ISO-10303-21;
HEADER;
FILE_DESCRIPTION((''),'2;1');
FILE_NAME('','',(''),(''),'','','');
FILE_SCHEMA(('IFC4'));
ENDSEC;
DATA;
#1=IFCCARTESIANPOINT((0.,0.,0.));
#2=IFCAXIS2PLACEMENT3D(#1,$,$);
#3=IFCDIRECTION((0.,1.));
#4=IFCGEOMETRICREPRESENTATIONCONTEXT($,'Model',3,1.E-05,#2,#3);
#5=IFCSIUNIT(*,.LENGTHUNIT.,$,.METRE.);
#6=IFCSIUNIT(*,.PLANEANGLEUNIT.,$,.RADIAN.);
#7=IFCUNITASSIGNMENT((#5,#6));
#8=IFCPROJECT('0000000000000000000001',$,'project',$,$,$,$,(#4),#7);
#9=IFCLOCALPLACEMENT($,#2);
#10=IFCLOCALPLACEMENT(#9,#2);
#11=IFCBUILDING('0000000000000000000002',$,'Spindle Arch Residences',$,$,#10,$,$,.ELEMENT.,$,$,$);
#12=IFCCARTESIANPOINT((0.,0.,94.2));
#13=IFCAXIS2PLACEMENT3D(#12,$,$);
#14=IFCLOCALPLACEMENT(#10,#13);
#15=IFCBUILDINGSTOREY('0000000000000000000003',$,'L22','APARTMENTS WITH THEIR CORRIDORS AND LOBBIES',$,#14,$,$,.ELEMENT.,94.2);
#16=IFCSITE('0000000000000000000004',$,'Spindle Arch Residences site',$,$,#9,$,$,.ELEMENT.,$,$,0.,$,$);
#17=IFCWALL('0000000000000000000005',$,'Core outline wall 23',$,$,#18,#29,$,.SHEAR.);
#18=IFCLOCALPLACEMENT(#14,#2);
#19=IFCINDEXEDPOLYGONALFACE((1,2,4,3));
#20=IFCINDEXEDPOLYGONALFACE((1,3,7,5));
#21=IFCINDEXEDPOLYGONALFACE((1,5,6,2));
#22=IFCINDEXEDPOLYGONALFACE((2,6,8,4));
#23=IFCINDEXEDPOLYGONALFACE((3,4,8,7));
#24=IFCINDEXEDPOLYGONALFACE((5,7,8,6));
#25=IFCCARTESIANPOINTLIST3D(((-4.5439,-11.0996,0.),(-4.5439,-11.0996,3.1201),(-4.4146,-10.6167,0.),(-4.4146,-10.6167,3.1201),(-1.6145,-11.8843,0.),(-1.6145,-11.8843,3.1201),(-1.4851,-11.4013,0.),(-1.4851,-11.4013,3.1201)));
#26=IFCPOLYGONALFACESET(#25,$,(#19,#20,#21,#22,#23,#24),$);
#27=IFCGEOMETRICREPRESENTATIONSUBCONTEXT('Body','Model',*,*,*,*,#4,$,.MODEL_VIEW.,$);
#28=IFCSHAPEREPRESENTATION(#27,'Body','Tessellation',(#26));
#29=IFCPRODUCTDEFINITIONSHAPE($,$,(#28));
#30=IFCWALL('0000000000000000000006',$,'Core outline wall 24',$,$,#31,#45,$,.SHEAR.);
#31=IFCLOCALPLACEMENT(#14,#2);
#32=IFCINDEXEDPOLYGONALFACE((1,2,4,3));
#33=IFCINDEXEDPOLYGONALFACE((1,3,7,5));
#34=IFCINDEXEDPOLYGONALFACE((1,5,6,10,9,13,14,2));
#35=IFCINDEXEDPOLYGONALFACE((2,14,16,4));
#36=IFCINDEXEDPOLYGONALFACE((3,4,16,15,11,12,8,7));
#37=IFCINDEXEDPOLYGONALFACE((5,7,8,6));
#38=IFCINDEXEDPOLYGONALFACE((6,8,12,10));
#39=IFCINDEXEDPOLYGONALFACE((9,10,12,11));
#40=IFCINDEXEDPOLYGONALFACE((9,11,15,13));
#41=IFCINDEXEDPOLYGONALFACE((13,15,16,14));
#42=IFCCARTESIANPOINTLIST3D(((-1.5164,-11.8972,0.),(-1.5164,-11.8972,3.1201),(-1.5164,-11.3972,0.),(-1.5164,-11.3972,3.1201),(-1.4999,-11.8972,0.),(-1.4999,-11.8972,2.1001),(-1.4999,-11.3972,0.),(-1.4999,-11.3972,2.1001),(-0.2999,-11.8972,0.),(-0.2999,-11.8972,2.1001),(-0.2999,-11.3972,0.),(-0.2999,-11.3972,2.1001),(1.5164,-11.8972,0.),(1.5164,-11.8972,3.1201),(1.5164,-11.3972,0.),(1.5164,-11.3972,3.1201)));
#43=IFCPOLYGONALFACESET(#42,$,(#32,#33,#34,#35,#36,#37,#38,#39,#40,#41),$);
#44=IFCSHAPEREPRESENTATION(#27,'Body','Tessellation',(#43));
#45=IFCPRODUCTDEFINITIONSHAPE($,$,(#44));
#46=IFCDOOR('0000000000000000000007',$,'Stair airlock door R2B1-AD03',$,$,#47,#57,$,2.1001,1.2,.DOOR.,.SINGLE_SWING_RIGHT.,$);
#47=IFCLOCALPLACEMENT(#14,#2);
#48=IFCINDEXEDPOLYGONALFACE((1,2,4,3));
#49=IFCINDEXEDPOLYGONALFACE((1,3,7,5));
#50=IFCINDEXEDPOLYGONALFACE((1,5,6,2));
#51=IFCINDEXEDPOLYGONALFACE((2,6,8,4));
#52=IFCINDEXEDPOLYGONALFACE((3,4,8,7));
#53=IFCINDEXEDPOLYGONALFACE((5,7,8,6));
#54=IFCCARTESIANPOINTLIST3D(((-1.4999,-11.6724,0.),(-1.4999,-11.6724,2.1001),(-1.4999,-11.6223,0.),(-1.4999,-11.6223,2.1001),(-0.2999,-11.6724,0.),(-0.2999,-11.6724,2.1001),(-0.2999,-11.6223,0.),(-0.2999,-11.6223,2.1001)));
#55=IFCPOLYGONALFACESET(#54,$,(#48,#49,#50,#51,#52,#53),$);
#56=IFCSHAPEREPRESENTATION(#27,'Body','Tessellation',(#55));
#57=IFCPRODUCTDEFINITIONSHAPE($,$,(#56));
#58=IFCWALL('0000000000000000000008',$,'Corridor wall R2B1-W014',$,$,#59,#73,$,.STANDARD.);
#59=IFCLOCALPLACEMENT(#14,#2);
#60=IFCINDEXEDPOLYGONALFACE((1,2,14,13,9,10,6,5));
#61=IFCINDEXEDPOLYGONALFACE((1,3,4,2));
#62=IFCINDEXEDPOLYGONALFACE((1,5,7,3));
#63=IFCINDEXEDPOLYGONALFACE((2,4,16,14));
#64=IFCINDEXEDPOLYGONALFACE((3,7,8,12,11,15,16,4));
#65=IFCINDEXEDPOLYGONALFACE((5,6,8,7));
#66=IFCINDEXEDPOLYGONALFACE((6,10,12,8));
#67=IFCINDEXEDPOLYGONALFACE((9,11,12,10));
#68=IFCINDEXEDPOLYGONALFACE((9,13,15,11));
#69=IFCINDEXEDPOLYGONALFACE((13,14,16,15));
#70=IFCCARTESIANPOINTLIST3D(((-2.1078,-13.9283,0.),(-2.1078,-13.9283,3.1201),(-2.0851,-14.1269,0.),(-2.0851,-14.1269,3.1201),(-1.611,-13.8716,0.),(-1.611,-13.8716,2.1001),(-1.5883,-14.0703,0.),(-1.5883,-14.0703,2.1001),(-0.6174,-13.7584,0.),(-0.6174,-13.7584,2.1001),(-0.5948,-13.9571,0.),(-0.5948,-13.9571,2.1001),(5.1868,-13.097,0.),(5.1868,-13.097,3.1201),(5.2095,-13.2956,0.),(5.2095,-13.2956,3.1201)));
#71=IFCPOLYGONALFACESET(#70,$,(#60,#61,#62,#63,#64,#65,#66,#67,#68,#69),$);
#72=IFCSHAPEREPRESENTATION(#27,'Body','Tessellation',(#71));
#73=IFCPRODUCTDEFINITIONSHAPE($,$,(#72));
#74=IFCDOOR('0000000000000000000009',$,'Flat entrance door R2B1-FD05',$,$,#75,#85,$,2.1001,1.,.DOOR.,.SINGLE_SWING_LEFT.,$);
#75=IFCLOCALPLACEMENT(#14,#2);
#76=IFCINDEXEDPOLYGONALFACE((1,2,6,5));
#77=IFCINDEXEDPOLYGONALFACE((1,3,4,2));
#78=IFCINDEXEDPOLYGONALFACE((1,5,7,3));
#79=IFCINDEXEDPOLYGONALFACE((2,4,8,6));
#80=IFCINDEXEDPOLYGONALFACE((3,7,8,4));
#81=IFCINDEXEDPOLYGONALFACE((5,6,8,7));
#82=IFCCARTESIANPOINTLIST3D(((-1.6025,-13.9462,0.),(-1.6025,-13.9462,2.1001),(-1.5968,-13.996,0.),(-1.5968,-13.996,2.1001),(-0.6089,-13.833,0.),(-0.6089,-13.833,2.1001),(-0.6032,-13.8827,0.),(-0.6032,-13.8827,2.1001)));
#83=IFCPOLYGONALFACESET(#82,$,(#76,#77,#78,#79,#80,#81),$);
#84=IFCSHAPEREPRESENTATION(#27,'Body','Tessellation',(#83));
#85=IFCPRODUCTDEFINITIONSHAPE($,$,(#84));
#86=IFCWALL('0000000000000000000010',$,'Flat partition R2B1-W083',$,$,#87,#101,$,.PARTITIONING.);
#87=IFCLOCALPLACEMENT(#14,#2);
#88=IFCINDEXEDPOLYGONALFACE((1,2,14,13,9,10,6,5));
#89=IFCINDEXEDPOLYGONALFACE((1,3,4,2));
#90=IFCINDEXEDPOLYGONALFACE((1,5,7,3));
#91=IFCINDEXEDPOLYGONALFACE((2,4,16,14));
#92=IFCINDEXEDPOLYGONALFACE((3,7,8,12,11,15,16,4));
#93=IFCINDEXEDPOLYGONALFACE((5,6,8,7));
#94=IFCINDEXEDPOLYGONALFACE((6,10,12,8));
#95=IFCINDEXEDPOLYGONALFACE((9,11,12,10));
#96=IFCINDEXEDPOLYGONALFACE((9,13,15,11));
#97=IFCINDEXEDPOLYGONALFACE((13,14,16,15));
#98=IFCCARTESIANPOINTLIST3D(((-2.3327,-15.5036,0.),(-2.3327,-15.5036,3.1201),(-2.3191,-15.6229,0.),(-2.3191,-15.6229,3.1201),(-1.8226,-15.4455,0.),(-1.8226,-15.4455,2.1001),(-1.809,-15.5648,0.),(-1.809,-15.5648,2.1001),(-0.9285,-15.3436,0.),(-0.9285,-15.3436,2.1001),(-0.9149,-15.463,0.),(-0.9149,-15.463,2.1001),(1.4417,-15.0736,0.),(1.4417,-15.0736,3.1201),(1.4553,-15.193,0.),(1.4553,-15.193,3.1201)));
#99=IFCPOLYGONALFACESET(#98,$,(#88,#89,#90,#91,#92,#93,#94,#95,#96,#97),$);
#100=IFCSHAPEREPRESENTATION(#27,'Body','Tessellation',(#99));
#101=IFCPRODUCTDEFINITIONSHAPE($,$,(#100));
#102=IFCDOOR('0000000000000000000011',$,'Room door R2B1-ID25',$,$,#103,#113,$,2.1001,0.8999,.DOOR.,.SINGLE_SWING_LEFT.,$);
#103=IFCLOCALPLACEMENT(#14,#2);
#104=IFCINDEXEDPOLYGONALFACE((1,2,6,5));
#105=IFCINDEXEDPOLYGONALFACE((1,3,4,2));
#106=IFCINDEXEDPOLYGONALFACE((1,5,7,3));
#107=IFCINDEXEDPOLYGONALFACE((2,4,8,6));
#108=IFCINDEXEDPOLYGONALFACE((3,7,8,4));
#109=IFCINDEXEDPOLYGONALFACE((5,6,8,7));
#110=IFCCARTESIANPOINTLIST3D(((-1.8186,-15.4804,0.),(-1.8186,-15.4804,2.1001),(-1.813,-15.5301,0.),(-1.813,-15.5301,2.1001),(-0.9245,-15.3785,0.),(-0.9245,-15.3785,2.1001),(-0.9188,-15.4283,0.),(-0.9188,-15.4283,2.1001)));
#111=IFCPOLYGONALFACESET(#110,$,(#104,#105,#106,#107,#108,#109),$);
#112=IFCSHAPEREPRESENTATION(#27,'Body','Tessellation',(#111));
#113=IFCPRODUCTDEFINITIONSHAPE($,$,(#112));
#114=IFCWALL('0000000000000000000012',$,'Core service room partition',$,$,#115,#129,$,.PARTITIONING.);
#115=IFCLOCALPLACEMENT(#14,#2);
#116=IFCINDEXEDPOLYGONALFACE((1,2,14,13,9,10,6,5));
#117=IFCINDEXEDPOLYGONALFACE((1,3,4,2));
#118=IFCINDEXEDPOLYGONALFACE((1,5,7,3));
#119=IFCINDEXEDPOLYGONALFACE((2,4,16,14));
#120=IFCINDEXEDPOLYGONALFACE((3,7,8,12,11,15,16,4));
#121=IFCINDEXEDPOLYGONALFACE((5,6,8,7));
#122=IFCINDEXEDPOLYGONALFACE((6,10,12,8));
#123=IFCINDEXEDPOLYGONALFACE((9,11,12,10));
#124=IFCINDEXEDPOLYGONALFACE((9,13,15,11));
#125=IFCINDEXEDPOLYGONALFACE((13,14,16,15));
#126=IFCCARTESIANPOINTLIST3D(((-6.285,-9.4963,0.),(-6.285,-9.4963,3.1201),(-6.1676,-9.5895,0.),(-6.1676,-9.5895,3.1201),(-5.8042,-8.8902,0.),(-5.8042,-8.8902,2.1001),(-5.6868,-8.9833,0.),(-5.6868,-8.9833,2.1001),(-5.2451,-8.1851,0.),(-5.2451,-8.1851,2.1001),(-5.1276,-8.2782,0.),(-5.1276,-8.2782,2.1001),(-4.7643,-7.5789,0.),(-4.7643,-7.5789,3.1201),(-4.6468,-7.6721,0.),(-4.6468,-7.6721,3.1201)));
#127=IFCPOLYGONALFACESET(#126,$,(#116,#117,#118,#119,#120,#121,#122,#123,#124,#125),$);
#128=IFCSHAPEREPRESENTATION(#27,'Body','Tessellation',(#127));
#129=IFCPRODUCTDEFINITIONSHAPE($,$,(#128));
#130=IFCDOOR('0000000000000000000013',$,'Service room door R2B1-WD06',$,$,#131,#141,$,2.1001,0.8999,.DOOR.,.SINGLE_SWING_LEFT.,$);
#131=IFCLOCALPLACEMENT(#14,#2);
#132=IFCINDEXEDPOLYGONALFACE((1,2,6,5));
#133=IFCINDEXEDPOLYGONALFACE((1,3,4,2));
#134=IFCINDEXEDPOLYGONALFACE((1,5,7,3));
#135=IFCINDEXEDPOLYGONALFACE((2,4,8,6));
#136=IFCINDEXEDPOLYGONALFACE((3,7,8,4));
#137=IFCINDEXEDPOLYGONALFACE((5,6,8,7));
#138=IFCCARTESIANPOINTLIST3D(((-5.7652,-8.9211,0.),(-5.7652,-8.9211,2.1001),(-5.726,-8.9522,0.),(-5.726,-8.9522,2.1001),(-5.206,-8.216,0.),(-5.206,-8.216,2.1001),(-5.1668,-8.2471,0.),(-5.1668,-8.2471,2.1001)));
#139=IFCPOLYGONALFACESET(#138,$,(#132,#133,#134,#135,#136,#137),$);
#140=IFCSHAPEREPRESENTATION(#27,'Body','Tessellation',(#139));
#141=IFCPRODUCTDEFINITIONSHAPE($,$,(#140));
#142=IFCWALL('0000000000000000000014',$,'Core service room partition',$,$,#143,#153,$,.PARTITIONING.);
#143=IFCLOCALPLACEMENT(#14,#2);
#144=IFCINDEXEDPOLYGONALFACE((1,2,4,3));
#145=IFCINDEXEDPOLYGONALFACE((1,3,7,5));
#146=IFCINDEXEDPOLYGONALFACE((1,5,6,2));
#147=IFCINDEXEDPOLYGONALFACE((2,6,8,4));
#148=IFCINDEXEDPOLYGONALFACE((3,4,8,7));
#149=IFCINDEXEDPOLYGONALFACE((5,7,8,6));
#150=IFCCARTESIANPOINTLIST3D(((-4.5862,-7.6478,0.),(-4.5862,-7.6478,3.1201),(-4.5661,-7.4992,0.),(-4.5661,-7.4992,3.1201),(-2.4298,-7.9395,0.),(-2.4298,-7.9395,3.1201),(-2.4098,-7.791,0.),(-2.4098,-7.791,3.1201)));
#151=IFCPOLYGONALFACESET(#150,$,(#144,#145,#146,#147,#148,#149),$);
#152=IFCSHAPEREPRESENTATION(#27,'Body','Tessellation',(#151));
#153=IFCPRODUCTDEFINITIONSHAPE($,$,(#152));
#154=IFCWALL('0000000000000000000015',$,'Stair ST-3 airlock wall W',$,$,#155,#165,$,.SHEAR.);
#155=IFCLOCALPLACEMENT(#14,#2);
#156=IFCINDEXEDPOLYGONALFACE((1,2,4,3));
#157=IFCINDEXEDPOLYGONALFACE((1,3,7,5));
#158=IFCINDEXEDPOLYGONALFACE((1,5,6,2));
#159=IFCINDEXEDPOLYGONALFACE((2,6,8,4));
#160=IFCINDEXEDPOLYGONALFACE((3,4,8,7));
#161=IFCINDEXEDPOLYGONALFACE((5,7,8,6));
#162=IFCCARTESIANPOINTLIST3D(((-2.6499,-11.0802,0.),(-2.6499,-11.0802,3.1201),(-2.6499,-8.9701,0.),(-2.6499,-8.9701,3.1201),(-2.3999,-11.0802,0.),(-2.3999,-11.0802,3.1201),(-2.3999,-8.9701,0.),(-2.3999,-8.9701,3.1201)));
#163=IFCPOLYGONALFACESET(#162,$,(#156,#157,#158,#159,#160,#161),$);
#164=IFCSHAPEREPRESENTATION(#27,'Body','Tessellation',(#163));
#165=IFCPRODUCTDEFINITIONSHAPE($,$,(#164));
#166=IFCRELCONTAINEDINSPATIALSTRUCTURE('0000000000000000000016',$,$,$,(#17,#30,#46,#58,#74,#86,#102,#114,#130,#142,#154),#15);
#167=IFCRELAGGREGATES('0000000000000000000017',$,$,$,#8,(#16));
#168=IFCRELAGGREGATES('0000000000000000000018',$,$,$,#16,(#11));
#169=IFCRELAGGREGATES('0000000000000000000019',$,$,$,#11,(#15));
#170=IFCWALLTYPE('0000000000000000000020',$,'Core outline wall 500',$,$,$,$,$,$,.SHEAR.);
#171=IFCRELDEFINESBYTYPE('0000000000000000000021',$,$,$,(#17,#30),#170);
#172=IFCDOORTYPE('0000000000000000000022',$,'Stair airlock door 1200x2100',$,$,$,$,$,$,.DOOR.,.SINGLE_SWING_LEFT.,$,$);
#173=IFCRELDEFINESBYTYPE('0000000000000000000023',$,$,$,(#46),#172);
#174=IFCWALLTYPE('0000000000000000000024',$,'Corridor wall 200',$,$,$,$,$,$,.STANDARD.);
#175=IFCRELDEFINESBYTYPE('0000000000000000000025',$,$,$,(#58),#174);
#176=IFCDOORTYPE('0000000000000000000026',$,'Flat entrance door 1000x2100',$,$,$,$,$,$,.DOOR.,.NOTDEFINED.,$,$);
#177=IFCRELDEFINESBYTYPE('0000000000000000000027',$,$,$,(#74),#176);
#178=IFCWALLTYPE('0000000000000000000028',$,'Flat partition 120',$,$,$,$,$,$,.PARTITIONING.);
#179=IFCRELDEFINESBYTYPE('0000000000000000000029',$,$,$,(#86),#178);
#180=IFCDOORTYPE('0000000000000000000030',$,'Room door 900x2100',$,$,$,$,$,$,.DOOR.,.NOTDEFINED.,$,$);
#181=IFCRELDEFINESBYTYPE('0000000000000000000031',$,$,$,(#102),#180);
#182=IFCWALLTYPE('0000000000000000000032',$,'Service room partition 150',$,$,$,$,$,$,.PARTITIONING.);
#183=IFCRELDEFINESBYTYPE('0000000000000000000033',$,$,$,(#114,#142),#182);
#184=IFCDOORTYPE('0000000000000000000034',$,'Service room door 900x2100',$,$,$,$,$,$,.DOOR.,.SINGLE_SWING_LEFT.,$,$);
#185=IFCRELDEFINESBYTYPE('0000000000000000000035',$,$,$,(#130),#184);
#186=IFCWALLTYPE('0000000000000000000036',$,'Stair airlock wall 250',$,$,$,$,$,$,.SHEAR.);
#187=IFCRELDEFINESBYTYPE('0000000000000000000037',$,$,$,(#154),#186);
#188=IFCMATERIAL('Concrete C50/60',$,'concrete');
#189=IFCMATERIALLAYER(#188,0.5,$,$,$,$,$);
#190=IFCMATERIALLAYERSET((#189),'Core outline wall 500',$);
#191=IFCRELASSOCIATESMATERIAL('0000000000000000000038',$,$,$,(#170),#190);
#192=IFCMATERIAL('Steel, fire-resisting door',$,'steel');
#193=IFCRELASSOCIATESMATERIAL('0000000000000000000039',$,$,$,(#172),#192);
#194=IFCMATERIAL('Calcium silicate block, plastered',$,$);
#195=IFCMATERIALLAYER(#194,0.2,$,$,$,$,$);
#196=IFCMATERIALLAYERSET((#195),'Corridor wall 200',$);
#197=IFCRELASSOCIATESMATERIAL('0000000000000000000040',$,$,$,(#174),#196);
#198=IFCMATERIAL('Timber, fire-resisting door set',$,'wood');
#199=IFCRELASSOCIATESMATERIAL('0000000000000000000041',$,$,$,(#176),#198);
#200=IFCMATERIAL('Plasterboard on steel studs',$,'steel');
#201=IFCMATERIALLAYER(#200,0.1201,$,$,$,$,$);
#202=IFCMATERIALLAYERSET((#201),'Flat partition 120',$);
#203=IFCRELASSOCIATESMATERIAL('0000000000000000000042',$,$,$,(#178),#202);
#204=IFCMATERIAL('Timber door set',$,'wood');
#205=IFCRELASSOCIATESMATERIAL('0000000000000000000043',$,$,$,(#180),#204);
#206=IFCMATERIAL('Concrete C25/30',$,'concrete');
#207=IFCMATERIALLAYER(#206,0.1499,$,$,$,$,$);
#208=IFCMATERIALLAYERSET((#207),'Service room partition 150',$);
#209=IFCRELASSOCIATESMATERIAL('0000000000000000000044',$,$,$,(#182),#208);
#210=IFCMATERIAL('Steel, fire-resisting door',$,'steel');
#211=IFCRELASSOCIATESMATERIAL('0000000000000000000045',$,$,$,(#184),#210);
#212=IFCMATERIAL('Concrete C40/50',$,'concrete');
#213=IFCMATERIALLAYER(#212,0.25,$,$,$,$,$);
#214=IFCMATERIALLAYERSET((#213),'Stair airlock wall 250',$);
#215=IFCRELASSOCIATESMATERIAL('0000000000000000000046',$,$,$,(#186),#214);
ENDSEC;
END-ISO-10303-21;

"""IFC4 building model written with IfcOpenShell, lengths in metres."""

from ifc_helpers import new_model, si_unit, direction, frame, frame_2d, origin, place, context, subcontext, project, spatial, rectangle, extrude, material, layer, layer_set, type_object, element, fill, save


model = new_model("IFC4")

# Units and contexts
model_context = context("Model", 3, precision=1e-05, world=origin(), true_north=direction((0.0, 1.0)))
body_context = subcontext(model_context, "Body", "Model", "MODEL_VIEW")
ifc_project = project(units=[si_unit("LENGTHUNIT", "METRE"), si_unit("PLANEANGLEUNIT", "RADIAN")], contexts=[model_context])

# Site, building, storey
site_placement = place(None, origin())
site = spatial("IfcSite", under=ifc_project, at=site_placement, Name="Spindle Arch Residences site", CompositionType="ELEMENT", RefElevation=0.0)
building_placement = place(site_placement, origin())
building = spatial("IfcBuilding", under=site, at=building_placement, Name="Spindle Arch Residences", CompositionType="ELEMENT")
storey_placement = place(building_placement, frame((0.0, 0.0, 94.2)))
storey = spatial("IfcBuildingStorey", under=building, at=storey_placement, Name="L22", Description="APARTMENTS WITH THEIR CORRIDORS AND LOBBIES", CompositionType="ELEMENT", Elevation=94.2)

# Wall
ifc_material_1 = material(Name="Concrete C50/60", Category="concrete")
ifc_layer_1 = layer(ifc_material_1, 0.5)
ifc_layer_set_1 = layer_set([ifc_layer_1], Name="Core outline wall 500")
wall_type_1 = type_object("IfcWallType", Name="Core outline wall 500", PredefinedType="SHEAR", material=ifc_layer_set_1)
wall_1_placement = place(storey_placement, frame((-4.4792, -10.8582, 0.0), z_axis=(0.0, 0.0, 1.0), x_axis=(0.965948, -0.258735, 0.0)))
element("IfcWall", 1, at=wall_1_placement, inside=storey, type_object=wall_type_1, Name="Core outline wall 23", PredefinedType="SHEAR", context=body_context, shape_type="SweptSolid", body=[
    extrude(rectangle(XDim=3.0327, YDim=0.5, at=frame_2d((1.5164, 0.0))), origin(), (0.0, 0.0, 1.0), 3.1201),
])

# Walls, openings, doors
wall_2_placement = place(storey_placement, frame((-1.5164, -11.6472, 0.0), z_axis=(0.0, 0.0, 1.0), x_axis=(1.0, 0.0, 0.0)))
wall_2 = element("IfcWall", 2, at=wall_2_placement, inside=storey, type_object=wall_type_1, Name="Core outline wall 24", PredefinedType="SHEAR", context=body_context, shape_type="SweptSolid", body=[
    extrude(rectangle(XDim=3.0327, YDim=0.5, at=frame_2d((1.5164, 0.0))), origin(), (0.0, 0.0, 1.0), 3.1201),
])
opening_1_placement = place(wall_2_placement, frame((0.0164, 0.0, 0.0)))
opening_1 = element("IfcOpeningElement", 3, at=opening_1_placement, cuts=wall_2, PredefinedType="OPENING", context=body_context, shape_type="SweptSolid", body=[
    extrude(rectangle(XDim=1.2, YDim=2.1001, at=frame_2d((0.6001, 1.05))), frame((0.0, 0.26, 0.0), z_axis=(0.0, -1.0, 0.0), x_axis=(1.0, 0.0, 0.0)), (0.0, 0.0, 1.0), 0.52),
])
ifc_material_2 = material(Name="Steel, fire-resisting door", Category="steel")
door_type_1 = type_object("IfcDoorType", Name="Stair airlock door 1200x2100", OperationType="SINGLE_SWING_LEFT", PredefinedType="DOOR", material=ifc_material_2)
door_1_placement = place(opening_1_placement, origin())
door_1 = element("IfcDoor", 4, at=door_1_placement, inside=storey, type_object=door_type_1, Name="Stair airlock door R2B1-AD03", OperationType="SINGLE_SWING_RIGHT", OverallHeight=2.1001, OverallWidth=1.2, PredefinedType="DOOR", context=body_context, shape_type="SweptSolid", body=[
    extrude(rectangle(XDim=1.2, YDim=2.1001, at=frame_2d((0.6001, 1.05))), frame((0.0, 0.0249, 0.0), z_axis=(0.0, -1.0, 0.0), x_axis=(1.0, 0.0, 0.0)), (0.0, 0.0, 1.0), 0.05),
])
fill(opening_1, door_1)
ifc_material_3 = material(Name="Calcium silicate block, plastered")
ifc_layer_2 = layer(ifc_material_3, 0.2)
ifc_layer_set_2 = layer_set([ifc_layer_2], Name="Corridor wall 200")
wall_type_2 = type_object("IfcWallType", Name="Corridor wall 200", PredefinedType="STANDARD", material=ifc_layer_set_2)
wall_3_placement = place(storey_placement, frame((-2.0964, -14.0276, 0.0), z_axis=(0.0, 0.0, 1.0), x_axis=(0.993569, 0.113227, 0.0)))
wall_3 = element("IfcWall", 5, at=wall_3_placement, inside=storey, type_object=wall_type_2, Name="Corridor wall R2B1-W014", PredefinedType="STANDARD", context=body_context, shape_type="SweptSolid", body=[
    extrude(rectangle(XDim=7.3418, YDim=0.2, at=frame_2d((3.6709, 0.0))), origin(), (0.0, 0.0, 1.0), 3.1201),
])
opening_2_placement = place(wall_3_placement, frame((0.5, 0.0, 0.0)))
opening_2 = element("IfcOpeningElement", 6, at=opening_2_placement, cuts=wall_3, PredefinedType="OPENING", context=body_context, shape_type="SweptSolid", body=[
    extrude(rectangle(XDim=1.0, YDim=2.1001, at=frame_2d((0.5, 1.05))), frame((0.0, 0.1099, 0.0), z_axis=(0.0, -1.0, 0.0), x_axis=(1.0, 0.0, 0.0)), (0.0, 0.0, 1.0), 0.22),
])
ifc_material_4 = material(Name="Timber, fire-resisting door set", Category="wood")
door_type_2 = type_object("IfcDoorType", Name="Flat entrance door 1000x2100", OperationType="NOTDEFINED", PredefinedType="DOOR", material=ifc_material_4)
door_2_placement = place(opening_2_placement, origin())
door_2 = element("IfcDoor", 7, at=door_2_placement, inside=storey, type_object=door_type_2, Name="Flat entrance door R2B1-FD05", OperationType="SINGLE_SWING_LEFT", OverallHeight=2.1001, OverallWidth=1.0, PredefinedType="DOOR", context=body_context, shape_type="SweptSolid", body=[
    extrude(rectangle(XDim=1.0, YDim=2.1001, at=frame_2d((0.5, 1.05))), frame((0.0, 0.0249, 0.0), z_axis=(0.0, -1.0, 0.0), x_axis=(1.0, 0.0, 0.0)), (0.0, 0.0, 1.0), 0.05),
])
fill(opening_2, door_2)
ifc_material_5 = material(Name="Plasterboard on steel studs", Category="steel")
ifc_layer_3 = layer(ifc_material_5, 0.1201)
ifc_layer_set_3 = layer_set([ifc_layer_3], Name="Flat partition 120")
wall_type_3 = type_object("IfcWallType", Name="Flat partition 120", PredefinedType="PARTITIONING", material=ifc_layer_set_3)
wall_4_placement = place(storey_placement, frame((-2.3259, -15.5632, 0.0), z_axis=(0.0, 0.0, 1.0), x_axis=(0.993575, 0.113175, 0.0)))
wall_4 = element("IfcWall", 8, at=wall_4_placement, inside=storey, type_object=wall_type_3, Name="Flat partition R2B1-W083", PredefinedType="PARTITIONING", context=body_context, shape_type="SweptSolid", body=[
    extrude(rectangle(XDim=3.7988, YDim=0.1201, at=frame_2d((1.8994, 0.0))), origin(), (0.0, 0.0, 1.0), 3.1201),
])
opening_3_placement = place(wall_4_placement, frame((0.5134, 0.0, 0.0)))
opening_3 = element("IfcOpeningElement", 9, at=opening_3_placement, cuts=wall_4, PredefinedType="OPENING", context=body_context, shape_type="SweptSolid", body=[
    extrude(rectangle(XDim=0.8999, YDim=2.1001, at=frame_2d((0.45, 1.05))), frame((0.0, 0.0701, 0.0), z_axis=(0.0, -1.0, 0.0), x_axis=(1.0, 0.0, 0.0)), (0.0, 0.0, 1.0), 0.1401),
])
ifc_material_6 = material(Name="Timber door set", Category="wood")
door_type_3 = type_object("IfcDoorType", Name="Room door 900x2100", OperationType="NOTDEFINED", PredefinedType="DOOR", material=ifc_material_6)
door_3_placement = place(opening_3_placement, origin())
door_3 = element("IfcDoor", 10, at=door_3_placement, inside=storey, type_object=door_type_3, Name="Room door R2B1-ID25", OperationType="SINGLE_SWING_LEFT", OverallHeight=2.1001, OverallWidth=0.8999, PredefinedType="DOOR", context=body_context, shape_type="SweptSolid", body=[
    extrude(rectangle(XDim=0.8999, YDim=2.1001, at=frame_2d((0.45, 1.05))), frame((0.0, 0.0249, 0.0), z_axis=(0.0, -1.0, 0.0), x_axis=(1.0, 0.0, 0.0)), (0.0, 0.0, 1.0), 0.05),
])
fill(opening_3, door_3)
ifc_material_7 = material(Name="Concrete C25/30", Category="concrete")
ifc_layer_4 = layer(ifc_material_7, 0.1499)
ifc_layer_set_4 = layer_set([ifc_layer_4], Name="Service room partition 150")
wall_type_4 = type_object("IfcWallType", Name="Service room partition 150", PredefinedType="PARTITIONING", material=ifc_layer_set_4)
wall_5_placement = place(storey_placement, frame((-4.7056, -7.6255, 0.0), z_axis=(0.0, 0.0, 1.0), x_axis=(-0.621393, -0.783499, 0.0)))
wall_5 = element("IfcWall", 11, at=wall_5_placement, inside=storey, type_object=wall_type_4, Name="Core service room partition", PredefinedType="PARTITIONING", context=body_context, shape_type="SweptSolid", body=[
    extrude(rectangle(XDim=2.4473, YDim=0.1499, at=frame_2d((1.2236, 0.0))), origin(), (0.0, 0.0, 1.0), 3.1201),
])
opening_4_placement = place(wall_5_placement, frame((0.7737, 0.0, 0.0)))
opening_4 = element("IfcOpeningElement", 12, at=opening_4_placement, cuts=wall_5, PredefinedType="OPENING", context=body_context, shape_type="SweptSolid", body=[
    extrude(rectangle(XDim=0.8999, YDim=2.1001, at=frame_2d((0.45, 1.05))), frame((0.0, 0.085, 0.0), z_axis=(0.0, -1.0, 0.0), x_axis=(1.0, 0.0, 0.0)), (0.0, 0.0, 1.0), 0.1699),
])
ifc_material_8 = material(Name="Steel, fire-resisting door", Category="steel")
door_type_4 = type_object("IfcDoorType", Name="Service room door 900x2100", OperationType="SINGLE_SWING_LEFT", PredefinedType="DOOR", material=ifc_material_8)
door_4_placement = place(opening_4_placement, origin())
door_4 = element("IfcDoor", 13, at=door_4_placement, inside=storey, type_object=door_type_4, Name="Service room door R2B1-WD06", OperationType="SINGLE_SWING_LEFT", OverallHeight=2.1001, OverallWidth=0.8999, PredefinedType="DOOR", context=body_context, shape_type="SweptSolid", body=[
    extrude(rectangle(XDim=0.8999, YDim=2.1001, at=frame_2d((0.45, 1.05))), frame((0.0, 0.0249, 0.0), z_axis=(0.0, -1.0, 0.0), x_axis=(1.0, 0.0, 0.0)), (0.0, 0.0, 1.0), 0.05),
])
fill(opening_4, door_4)

# Walls
wall_6_placement = place(storey_placement, frame((-2.4199, -7.8652, 0.0), z_axis=(0.0, 0.0, 1.0), x_axis=(-0.990972, 0.134067, 0.0)))
element("IfcWall", 14, at=wall_6_placement, inside=storey, type_object=wall_type_4, Name="Core service room partition", PredefinedType="PARTITIONING", context=body_context, shape_type="SweptSolid", body=[
    extrude(rectangle(XDim=2.176, YDim=0.1499, at=frame_2d((1.0879, 0.0))), origin(), (0.0, 0.0, 1.0), 3.1201),
])
ifc_material_9 = material(Name="Concrete C40/50", Category="concrete")
ifc_layer_5 = layer(ifc_material_9, 0.25)
ifc_layer_set_5 = layer_set([ifc_layer_5], Name="Stair airlock wall 250")
wall_type_5 = type_object("IfcWallType", Name="Stair airlock wall 250", PredefinedType="SHEAR", material=ifc_layer_set_5)
wall_7_placement = place(storey_placement, frame((-2.5249, -8.97, 0.0), z_axis=(0.0, 0.0, 1.0), x_axis=(0.0, -1.0, 0.0)))
element("IfcWall", 15, at=wall_7_placement, inside=storey, type_object=wall_type_5, Name="Stair ST-3 airlock wall W", PredefinedType="SHEAR", context=body_context, shape_type="SweptSolid", body=[
    extrude(rectangle(XDim=2.1101, YDim=0.25, at=frame_2d((1.0552, 0.0))), origin(), (0.0, 0.0, 1.0), 3.1201),
])

save(model, "model.ifc")
